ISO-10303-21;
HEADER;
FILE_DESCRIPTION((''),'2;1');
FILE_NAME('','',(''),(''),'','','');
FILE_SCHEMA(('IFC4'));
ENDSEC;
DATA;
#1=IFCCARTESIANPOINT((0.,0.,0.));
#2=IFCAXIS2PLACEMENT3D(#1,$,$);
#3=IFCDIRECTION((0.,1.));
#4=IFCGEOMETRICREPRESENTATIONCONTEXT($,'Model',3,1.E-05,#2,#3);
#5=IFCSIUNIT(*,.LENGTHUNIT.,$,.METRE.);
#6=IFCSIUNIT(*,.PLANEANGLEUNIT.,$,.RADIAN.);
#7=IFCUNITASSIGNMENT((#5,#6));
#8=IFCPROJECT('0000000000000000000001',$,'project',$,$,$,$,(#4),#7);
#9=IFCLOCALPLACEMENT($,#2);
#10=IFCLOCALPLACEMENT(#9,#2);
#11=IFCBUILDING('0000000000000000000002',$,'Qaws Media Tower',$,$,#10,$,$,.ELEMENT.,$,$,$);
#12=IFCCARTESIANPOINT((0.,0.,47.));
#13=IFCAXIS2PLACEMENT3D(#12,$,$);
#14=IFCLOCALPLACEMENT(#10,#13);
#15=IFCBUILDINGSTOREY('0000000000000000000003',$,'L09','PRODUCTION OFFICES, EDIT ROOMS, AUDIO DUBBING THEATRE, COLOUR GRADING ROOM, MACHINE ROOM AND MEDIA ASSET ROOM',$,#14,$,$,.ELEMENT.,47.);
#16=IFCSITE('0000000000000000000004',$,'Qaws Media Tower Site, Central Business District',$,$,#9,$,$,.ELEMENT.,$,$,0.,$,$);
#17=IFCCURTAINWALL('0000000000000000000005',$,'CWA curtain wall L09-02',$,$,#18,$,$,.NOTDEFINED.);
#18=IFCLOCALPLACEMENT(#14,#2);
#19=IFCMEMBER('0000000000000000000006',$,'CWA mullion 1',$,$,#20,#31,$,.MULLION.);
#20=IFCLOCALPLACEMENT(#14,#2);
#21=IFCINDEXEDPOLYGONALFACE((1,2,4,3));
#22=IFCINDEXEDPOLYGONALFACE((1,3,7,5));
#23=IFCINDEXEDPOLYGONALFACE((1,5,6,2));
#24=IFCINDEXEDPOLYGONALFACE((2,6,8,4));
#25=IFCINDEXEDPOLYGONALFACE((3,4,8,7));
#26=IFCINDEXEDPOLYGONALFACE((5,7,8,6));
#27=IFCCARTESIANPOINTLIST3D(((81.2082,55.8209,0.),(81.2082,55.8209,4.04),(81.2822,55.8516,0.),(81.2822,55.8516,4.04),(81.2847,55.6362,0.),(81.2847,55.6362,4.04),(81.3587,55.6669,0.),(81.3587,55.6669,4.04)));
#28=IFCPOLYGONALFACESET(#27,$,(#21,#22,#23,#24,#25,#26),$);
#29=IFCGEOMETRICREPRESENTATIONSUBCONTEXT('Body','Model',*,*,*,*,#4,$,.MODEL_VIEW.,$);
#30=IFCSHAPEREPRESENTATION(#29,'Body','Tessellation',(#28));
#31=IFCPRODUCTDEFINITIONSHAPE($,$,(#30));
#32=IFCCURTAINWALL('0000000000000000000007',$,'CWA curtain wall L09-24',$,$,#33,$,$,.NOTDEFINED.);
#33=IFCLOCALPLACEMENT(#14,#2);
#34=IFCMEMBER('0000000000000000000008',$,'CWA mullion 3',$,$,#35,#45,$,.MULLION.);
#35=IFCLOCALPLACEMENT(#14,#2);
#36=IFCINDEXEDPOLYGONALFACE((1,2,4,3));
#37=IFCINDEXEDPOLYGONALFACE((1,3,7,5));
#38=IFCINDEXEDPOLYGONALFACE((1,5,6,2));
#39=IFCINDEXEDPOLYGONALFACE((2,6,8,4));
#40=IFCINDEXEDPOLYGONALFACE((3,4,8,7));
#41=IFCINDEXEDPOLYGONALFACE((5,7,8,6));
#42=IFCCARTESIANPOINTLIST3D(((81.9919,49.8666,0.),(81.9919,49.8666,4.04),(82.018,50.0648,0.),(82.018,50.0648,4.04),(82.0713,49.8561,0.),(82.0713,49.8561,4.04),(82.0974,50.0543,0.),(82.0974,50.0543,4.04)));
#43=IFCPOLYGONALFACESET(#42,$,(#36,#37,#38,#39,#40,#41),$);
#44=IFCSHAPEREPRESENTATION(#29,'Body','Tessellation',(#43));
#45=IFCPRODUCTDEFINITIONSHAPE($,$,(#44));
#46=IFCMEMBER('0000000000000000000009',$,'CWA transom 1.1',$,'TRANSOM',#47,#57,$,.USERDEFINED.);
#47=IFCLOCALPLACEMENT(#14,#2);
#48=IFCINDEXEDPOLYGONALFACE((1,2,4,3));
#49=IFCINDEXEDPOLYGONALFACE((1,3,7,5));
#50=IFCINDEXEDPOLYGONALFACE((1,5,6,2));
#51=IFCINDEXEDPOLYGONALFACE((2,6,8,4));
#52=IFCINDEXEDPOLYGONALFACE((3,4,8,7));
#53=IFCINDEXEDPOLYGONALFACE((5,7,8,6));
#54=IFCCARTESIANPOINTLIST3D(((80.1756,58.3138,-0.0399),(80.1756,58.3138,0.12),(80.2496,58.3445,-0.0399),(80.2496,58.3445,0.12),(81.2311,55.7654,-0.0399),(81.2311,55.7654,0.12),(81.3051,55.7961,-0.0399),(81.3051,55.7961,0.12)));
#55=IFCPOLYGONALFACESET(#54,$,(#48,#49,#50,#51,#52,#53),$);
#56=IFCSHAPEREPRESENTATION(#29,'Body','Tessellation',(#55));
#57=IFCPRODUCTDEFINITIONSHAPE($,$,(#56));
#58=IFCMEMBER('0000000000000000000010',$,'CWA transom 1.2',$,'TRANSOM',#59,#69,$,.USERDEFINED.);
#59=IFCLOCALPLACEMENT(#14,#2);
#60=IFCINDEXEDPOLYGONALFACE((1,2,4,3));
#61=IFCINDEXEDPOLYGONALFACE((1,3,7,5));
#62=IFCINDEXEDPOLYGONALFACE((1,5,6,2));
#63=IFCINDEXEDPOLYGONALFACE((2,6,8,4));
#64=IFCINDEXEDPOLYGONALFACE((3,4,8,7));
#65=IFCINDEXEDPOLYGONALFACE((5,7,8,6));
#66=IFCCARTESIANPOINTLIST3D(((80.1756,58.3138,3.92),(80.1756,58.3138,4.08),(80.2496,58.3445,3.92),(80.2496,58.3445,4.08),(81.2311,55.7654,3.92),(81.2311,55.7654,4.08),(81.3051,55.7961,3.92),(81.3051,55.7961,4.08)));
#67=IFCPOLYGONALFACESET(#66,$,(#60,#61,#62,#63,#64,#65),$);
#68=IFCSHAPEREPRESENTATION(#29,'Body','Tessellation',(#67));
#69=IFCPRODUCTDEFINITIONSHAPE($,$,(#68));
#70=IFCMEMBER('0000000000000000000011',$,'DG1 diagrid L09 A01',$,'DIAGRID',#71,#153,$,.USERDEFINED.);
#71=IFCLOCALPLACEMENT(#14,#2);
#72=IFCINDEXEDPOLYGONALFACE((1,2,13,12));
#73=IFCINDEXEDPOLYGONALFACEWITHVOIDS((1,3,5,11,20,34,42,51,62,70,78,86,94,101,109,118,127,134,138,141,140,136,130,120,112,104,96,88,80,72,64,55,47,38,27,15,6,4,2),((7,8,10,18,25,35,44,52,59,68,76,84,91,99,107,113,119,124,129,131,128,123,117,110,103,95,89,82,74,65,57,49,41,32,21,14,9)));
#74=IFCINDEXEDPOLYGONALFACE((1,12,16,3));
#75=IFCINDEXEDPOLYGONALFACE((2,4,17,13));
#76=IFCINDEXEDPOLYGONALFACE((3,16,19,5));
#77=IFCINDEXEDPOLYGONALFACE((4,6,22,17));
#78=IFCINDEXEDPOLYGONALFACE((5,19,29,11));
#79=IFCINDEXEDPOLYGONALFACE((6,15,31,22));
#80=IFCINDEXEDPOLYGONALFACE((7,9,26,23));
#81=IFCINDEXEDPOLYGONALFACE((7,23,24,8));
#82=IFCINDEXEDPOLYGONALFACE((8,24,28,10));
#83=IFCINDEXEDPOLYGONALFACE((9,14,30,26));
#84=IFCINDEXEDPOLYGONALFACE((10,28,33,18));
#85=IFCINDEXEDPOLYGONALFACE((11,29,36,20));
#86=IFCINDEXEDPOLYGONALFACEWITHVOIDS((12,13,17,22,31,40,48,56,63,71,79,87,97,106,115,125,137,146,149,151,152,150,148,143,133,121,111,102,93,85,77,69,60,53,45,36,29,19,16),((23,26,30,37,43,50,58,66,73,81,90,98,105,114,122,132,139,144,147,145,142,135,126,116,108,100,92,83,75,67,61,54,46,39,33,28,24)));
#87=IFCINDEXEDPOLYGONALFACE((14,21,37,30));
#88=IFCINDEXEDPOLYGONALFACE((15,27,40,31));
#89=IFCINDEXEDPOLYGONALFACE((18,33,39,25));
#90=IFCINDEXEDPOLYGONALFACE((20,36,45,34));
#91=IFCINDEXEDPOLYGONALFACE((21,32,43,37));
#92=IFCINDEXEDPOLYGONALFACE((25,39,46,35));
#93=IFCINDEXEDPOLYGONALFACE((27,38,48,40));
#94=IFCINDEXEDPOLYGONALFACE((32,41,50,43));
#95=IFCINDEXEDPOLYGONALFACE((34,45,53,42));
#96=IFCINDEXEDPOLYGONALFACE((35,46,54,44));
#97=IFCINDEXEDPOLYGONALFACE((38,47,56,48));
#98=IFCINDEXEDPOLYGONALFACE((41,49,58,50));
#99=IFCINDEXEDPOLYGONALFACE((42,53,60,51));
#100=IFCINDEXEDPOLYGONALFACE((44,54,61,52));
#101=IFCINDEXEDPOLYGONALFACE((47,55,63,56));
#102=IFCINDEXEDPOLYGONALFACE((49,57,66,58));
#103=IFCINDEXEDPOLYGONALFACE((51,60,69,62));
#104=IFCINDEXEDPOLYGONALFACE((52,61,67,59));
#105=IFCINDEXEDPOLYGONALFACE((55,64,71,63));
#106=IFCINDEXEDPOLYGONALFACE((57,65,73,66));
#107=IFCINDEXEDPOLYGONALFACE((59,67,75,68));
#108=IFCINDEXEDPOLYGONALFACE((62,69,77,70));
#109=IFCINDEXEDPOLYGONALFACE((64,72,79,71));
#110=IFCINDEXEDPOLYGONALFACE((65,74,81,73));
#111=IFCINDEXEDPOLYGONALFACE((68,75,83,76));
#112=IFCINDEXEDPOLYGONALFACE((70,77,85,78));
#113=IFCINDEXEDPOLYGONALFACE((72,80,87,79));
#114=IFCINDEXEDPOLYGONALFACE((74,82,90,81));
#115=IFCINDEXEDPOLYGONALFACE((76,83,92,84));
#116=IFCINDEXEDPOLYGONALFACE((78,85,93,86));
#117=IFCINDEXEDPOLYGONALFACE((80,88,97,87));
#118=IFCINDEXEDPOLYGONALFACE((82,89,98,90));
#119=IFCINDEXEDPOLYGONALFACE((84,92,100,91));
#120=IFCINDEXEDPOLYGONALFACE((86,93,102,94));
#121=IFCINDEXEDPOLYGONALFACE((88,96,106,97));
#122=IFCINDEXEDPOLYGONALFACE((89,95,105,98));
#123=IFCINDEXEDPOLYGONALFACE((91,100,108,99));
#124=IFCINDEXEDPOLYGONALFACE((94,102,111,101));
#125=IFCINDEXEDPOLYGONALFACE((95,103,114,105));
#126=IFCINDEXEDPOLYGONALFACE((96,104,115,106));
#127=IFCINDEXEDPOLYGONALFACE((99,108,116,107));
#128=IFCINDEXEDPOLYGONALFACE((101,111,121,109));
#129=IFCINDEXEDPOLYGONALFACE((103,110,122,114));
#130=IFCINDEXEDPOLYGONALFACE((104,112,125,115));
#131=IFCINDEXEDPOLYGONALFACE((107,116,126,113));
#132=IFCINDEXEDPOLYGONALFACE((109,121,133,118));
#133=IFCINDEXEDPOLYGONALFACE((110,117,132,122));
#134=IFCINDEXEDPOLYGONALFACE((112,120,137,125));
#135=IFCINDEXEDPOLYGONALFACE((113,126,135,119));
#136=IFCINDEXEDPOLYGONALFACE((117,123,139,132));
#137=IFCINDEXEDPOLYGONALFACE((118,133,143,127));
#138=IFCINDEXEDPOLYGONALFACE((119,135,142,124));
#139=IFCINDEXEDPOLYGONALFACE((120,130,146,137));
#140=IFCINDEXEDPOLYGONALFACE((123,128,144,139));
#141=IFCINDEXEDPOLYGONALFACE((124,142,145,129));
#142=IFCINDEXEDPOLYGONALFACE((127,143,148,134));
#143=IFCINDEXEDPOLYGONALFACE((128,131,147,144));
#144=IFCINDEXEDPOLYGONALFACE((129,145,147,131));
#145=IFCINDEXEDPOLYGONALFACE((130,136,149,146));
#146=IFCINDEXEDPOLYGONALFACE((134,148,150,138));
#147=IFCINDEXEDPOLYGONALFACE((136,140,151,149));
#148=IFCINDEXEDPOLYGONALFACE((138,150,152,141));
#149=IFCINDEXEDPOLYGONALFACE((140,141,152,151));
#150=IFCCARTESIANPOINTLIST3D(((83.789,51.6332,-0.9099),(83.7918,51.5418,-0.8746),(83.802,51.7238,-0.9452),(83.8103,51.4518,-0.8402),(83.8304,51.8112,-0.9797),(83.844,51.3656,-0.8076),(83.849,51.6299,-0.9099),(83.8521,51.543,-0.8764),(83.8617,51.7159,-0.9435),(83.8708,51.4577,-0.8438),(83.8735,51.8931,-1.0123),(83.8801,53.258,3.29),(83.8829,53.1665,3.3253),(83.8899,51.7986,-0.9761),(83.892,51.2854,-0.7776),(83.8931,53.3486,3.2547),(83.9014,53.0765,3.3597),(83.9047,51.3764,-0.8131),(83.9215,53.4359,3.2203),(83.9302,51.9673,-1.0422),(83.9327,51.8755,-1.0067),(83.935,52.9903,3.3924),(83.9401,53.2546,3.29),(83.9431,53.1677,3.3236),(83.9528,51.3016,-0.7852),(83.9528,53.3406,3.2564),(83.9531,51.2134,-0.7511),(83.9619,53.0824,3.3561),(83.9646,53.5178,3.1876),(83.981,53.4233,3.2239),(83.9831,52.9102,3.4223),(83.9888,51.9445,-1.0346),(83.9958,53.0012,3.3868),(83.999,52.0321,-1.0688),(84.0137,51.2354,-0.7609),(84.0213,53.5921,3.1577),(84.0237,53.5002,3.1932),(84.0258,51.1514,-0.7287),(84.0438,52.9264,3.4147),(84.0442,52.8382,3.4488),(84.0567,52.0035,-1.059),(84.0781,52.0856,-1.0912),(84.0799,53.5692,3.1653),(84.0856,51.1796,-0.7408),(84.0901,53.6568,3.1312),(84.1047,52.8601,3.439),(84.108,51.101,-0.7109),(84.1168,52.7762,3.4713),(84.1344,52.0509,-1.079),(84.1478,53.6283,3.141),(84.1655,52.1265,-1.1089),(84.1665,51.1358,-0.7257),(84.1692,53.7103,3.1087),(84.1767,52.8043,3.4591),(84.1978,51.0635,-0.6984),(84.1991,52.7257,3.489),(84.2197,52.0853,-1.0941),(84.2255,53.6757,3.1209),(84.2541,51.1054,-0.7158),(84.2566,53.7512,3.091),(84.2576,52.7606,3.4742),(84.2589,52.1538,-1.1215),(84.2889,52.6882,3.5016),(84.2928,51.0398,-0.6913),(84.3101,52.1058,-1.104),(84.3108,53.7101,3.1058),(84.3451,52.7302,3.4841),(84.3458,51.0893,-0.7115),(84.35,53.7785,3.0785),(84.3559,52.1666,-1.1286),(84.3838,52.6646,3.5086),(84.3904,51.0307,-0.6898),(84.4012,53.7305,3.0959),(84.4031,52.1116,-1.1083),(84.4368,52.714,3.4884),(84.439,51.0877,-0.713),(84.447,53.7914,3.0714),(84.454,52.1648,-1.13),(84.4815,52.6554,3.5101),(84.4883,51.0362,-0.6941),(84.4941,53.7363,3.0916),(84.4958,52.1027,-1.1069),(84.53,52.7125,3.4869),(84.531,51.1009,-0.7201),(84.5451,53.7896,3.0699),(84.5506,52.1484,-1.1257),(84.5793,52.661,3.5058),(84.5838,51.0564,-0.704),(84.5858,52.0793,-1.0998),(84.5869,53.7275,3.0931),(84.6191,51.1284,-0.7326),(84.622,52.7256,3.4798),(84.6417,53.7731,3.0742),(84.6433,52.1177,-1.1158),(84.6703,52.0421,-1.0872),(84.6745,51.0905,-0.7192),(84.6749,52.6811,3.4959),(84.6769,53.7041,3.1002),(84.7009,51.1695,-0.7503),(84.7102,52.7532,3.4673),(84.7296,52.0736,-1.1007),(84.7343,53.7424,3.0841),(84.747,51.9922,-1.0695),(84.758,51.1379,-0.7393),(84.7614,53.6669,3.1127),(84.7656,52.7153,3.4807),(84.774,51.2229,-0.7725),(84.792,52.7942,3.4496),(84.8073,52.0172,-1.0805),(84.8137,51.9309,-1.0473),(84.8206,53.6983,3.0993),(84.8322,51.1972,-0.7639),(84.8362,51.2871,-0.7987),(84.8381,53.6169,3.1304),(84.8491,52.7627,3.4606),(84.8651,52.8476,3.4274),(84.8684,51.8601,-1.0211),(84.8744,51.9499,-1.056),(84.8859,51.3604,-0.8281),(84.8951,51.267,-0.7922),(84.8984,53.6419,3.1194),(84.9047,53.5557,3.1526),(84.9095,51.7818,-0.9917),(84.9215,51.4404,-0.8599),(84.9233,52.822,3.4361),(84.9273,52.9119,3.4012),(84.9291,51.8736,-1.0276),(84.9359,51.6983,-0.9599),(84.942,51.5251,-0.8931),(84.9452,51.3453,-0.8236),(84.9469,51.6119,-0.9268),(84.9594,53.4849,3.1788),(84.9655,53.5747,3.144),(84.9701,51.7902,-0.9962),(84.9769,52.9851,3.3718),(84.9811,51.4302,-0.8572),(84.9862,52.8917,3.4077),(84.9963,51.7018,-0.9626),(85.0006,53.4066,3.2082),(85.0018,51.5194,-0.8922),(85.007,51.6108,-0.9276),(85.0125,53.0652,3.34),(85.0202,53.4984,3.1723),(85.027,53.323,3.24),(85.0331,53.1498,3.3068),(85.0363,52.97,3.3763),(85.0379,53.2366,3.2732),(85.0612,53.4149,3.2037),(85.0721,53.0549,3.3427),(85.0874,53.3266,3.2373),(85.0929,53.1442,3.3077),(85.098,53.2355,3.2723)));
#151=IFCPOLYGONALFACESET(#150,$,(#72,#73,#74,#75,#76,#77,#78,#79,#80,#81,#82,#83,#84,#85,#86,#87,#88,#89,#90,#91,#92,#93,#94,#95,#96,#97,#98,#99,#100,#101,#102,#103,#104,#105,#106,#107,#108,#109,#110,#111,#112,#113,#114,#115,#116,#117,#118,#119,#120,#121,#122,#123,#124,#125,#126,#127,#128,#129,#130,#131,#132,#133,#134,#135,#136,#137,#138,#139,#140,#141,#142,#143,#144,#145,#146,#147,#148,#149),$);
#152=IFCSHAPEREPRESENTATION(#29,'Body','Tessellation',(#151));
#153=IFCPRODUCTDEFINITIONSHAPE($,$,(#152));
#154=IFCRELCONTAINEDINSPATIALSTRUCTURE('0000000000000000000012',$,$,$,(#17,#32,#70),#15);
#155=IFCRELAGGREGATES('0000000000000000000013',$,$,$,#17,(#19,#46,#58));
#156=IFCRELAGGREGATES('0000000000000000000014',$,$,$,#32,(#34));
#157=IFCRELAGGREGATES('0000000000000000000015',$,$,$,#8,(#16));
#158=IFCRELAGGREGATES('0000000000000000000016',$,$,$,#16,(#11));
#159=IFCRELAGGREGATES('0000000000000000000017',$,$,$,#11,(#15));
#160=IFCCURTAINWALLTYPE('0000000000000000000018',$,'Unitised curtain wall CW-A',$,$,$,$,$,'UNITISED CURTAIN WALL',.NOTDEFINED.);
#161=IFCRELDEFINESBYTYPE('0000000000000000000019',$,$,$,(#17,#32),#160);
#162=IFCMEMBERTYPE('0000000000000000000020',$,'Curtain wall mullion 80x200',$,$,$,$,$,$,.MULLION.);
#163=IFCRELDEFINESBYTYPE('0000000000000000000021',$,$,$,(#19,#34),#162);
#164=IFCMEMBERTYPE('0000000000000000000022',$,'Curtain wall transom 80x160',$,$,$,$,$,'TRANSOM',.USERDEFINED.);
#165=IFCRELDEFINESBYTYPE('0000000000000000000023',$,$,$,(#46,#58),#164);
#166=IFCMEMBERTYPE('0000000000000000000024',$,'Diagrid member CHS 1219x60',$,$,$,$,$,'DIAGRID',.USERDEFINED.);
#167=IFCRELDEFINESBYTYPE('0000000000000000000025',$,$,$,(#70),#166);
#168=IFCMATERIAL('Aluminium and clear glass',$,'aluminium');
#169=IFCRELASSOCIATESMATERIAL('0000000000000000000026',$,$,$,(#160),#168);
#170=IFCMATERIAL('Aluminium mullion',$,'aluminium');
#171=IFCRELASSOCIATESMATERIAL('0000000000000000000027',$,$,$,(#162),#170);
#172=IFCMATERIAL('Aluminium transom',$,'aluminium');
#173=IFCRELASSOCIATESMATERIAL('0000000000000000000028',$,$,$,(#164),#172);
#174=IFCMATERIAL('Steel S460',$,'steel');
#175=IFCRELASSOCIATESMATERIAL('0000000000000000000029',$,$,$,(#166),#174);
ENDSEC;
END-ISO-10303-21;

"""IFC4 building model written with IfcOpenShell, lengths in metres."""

from ifc_helpers import new_model, si_unit, direction, frame, origin, origin_2d, place, context, subcontext, project, spatial, rectangle, hollow_circle, extrude, material, material_profile, profile_set, type_object, element, aggregate, save


model = new_model("IFC4")

# Units and contexts
model_context = context("Model", 3, precision=1e-05, world=origin(), true_north=direction((0.0, 1.0)))
body_context = subcontext(model_context, "Body", "Model", "MODEL_VIEW")
ifc_project = project(units=[si_unit("LENGTHUNIT", "METRE"), si_unit("PLANEANGLEUNIT", "RADIAN")], contexts=[model_context])

# Site, building, storey
site_placement = place(None, origin())
site = spatial("IfcSite", under=ifc_project, at=site_placement, Name="Qaws Media Tower Site, Central Business District", CompositionType="ELEMENT", RefElevation=0.0)
building_placement = place(site_placement, origin())
building = spatial("IfcBuilding", under=site, at=building_placement, Name="Qaws Media Tower", CompositionType="ELEMENT")
storey_placement = place(building_placement, frame((0.0, 0.0, 47.0)))
storey = spatial("IfcBuildingStorey", under=building, at=storey_placement, Name="L09", Description="PRODUCTION OFFICES, EDIT ROOMS, AUDIO DUBBING THEATRE, COLOUR GRADING ROOM, MACHINE ROOM AND MEDIA ASSET ROOM", CompositionType="ELEMENT", Elevation=47.0)

# Curtain walls, members
ifc_material_1 = material(Name="Aluminium and clear glass", Category="aluminium")
curtain_wall_type = type_object("IfcCurtainWallType", Name="Unitised curtain wall CW-A", ElementType="UNITISED CURTAIN WALL", PredefinedType="NOTDEFINED", material=ifc_material_1)
curtain_wall_1_placement = place(storey_placement, origin())
curtain_wall_1 = element("IfcCurtainWall", 1, at=curtain_wall_1_placement, inside=storey, type_object=curtain_wall_type, Name="CWA curtain wall L09-02", PredefinedType="NOTDEFINED")
ifc_material_2 = material(Name="Aluminium mullion", Category="aluminium")
ifc_material_profile_1 = material_profile(ifc_material_2, rectangle(XDim=0.0801, YDim=0.2, at=origin_2d()), Name="80x200")
ifc_profile_set_1 = profile_set([ifc_material_profile_1], Name="Aluminium mullion")
member_type_1 = type_object("IfcMemberType", Name="Curtain wall mullion 80x200", PredefinedType="MULLION", material=ifc_profile_set_1)
member_1_placement = place(storey_placement, frame((81.2834, 55.7439, 0.0), z_axis=(0.0, 0.0, 1.0), x_axis=(-0.92388, -0.382683, 0.0)))
member_1 = element("IfcMember", 2, at=member_1_placement, type_object=member_type_1, Name="CWA mullion 1", PredefinedType="MULLION", context=body_context, shape_type="SweptSolid", body=[
    extrude(rectangle(XDim=0.0801, YDim=0.2, at=origin_2d()), origin(), (0.0, 0.0, 1.0), 4.04),
])
curtain_wall_2_placement = place(storey_placement, origin())
curtain_wall_2 = element("IfcCurtainWall", 3, at=curtain_wall_2_placement, inside=storey, type_object=curtain_wall_type, Name="CWA curtain wall L09-24", PredefinedType="NOTDEFINED")
member_2_placement = place(storey_placement, frame((82.0447, 49.9604, 0.0), z_axis=(0.0, 0.0, 1.0), x_axis=(-0.991445, 0.130526, 0.0)))
member_2 = element("IfcMember", 4, at=member_2_placement, type_object=member_type_1, Name="CWA mullion 3", PredefinedType="MULLION", context=body_context, shape_type="SweptSolid", body=[
    extrude(rectangle(XDim=0.0801, YDim=0.2, at=origin_2d()), origin(), (0.0, 0.0, 1.0), 4.04),
])

# Members
ifc_material_3 = material(Name="Aluminium transom", Category="aluminium")
ifc_material_profile_2 = material_profile(ifc_material_3, rectangle(XDim=0.0801, YDim=0.1599, at=origin_2d()), Name="80x160")
ifc_profile_set_2 = profile_set([ifc_material_profile_2], Name="Aluminium transom")
member_type_2 = type_object("IfcMemberType", Name="Curtain wall transom 80x160", ElementType="TRANSOM", PredefinedType="USERDEFINED", material=ifc_profile_set_2)
member_3_placement = place(storey_placement, frame((81.2681, 55.7808, 0.04), z_axis=(-0.382641, 0.923897, 0.0), x_axis=(-0.923897, -0.382641, 0.0)))
member_3 = element("IfcMember", 5, at=member_3_placement, type_object=member_type_2, Name="CWA transom 1.1", ObjectType="TRANSOM", PredefinedType="USERDEFINED", context=body_context, shape_type="SweptSolid", body=[
    extrude(rectangle(XDim=0.0801, YDim=0.1599, at=origin_2d()), origin(), (0.0, 0.0, 1.0), 2.7583),
])
member_4_placement = place(storey_placement, frame((81.2681, 55.7808, 4.0), z_axis=(-0.382641, 0.923897, 0.0), x_axis=(-0.923897, -0.382641, 0.0)))
member_4 = element("IfcMember", 6, at=member_4_placement, type_object=member_type_2, Name="CWA transom 1.2", ObjectType="TRANSOM", PredefinedType="USERDEFINED", context=body_context, shape_type="SweptSolid", body=[
    extrude(rectangle(XDim=0.0801, YDim=0.1599, at=origin_2d()), origin(), (0.0, 0.0, 1.0), 2.7583),
])

# Member
ifc_material_4 = material(Name="Steel S460", Category="steel")
ifc_material_profile_3 = material_profile(ifc_material_4, hollow_circle(Radius=0.6096, WallThickness=0.0601, at=origin_2d()), Name="CHS 1219x60")
ifc_profile_set_3 = profile_set([ifc_material_profile_3], Name="Steel S460")
member_type_3 = type_object("IfcMemberType", Name="Diagrid member CHS 1219x60", ElementType="DIAGRID", PredefinedType="USERDEFINED", material=ifc_profile_set_3)
for number, where, z_axis, x_axis, name in (
    (7, (84.3977, 51.5991, -0.9099), (0.020218, 0.360721, 0.932455), (-0.998433, 0.05596, 0.0), "DG1 diagrid L09 A01"),
):
    element("IfcMember", number, at=place(storey_placement, frame(where, z_axis=z_axis, x_axis=x_axis)), inside=storey, type_object=member_type_3, Name=name, ObjectType="DIAGRID", PredefinedType="USERDEFINED", context=body_context, shape_type="SweptSolid", body=[
        extrude(hollow_circle(Radius=0.6096, WallThickness=0.0601, at=origin_2d()), origin(), (0.0, 0.0, 1.0), 4.5042),
    ])

aggregate(curtain_wall_1, [member_1, member_3, member_4])
aggregate(curtain_wall_2, [member_2])

save(model, "model.ifc")
